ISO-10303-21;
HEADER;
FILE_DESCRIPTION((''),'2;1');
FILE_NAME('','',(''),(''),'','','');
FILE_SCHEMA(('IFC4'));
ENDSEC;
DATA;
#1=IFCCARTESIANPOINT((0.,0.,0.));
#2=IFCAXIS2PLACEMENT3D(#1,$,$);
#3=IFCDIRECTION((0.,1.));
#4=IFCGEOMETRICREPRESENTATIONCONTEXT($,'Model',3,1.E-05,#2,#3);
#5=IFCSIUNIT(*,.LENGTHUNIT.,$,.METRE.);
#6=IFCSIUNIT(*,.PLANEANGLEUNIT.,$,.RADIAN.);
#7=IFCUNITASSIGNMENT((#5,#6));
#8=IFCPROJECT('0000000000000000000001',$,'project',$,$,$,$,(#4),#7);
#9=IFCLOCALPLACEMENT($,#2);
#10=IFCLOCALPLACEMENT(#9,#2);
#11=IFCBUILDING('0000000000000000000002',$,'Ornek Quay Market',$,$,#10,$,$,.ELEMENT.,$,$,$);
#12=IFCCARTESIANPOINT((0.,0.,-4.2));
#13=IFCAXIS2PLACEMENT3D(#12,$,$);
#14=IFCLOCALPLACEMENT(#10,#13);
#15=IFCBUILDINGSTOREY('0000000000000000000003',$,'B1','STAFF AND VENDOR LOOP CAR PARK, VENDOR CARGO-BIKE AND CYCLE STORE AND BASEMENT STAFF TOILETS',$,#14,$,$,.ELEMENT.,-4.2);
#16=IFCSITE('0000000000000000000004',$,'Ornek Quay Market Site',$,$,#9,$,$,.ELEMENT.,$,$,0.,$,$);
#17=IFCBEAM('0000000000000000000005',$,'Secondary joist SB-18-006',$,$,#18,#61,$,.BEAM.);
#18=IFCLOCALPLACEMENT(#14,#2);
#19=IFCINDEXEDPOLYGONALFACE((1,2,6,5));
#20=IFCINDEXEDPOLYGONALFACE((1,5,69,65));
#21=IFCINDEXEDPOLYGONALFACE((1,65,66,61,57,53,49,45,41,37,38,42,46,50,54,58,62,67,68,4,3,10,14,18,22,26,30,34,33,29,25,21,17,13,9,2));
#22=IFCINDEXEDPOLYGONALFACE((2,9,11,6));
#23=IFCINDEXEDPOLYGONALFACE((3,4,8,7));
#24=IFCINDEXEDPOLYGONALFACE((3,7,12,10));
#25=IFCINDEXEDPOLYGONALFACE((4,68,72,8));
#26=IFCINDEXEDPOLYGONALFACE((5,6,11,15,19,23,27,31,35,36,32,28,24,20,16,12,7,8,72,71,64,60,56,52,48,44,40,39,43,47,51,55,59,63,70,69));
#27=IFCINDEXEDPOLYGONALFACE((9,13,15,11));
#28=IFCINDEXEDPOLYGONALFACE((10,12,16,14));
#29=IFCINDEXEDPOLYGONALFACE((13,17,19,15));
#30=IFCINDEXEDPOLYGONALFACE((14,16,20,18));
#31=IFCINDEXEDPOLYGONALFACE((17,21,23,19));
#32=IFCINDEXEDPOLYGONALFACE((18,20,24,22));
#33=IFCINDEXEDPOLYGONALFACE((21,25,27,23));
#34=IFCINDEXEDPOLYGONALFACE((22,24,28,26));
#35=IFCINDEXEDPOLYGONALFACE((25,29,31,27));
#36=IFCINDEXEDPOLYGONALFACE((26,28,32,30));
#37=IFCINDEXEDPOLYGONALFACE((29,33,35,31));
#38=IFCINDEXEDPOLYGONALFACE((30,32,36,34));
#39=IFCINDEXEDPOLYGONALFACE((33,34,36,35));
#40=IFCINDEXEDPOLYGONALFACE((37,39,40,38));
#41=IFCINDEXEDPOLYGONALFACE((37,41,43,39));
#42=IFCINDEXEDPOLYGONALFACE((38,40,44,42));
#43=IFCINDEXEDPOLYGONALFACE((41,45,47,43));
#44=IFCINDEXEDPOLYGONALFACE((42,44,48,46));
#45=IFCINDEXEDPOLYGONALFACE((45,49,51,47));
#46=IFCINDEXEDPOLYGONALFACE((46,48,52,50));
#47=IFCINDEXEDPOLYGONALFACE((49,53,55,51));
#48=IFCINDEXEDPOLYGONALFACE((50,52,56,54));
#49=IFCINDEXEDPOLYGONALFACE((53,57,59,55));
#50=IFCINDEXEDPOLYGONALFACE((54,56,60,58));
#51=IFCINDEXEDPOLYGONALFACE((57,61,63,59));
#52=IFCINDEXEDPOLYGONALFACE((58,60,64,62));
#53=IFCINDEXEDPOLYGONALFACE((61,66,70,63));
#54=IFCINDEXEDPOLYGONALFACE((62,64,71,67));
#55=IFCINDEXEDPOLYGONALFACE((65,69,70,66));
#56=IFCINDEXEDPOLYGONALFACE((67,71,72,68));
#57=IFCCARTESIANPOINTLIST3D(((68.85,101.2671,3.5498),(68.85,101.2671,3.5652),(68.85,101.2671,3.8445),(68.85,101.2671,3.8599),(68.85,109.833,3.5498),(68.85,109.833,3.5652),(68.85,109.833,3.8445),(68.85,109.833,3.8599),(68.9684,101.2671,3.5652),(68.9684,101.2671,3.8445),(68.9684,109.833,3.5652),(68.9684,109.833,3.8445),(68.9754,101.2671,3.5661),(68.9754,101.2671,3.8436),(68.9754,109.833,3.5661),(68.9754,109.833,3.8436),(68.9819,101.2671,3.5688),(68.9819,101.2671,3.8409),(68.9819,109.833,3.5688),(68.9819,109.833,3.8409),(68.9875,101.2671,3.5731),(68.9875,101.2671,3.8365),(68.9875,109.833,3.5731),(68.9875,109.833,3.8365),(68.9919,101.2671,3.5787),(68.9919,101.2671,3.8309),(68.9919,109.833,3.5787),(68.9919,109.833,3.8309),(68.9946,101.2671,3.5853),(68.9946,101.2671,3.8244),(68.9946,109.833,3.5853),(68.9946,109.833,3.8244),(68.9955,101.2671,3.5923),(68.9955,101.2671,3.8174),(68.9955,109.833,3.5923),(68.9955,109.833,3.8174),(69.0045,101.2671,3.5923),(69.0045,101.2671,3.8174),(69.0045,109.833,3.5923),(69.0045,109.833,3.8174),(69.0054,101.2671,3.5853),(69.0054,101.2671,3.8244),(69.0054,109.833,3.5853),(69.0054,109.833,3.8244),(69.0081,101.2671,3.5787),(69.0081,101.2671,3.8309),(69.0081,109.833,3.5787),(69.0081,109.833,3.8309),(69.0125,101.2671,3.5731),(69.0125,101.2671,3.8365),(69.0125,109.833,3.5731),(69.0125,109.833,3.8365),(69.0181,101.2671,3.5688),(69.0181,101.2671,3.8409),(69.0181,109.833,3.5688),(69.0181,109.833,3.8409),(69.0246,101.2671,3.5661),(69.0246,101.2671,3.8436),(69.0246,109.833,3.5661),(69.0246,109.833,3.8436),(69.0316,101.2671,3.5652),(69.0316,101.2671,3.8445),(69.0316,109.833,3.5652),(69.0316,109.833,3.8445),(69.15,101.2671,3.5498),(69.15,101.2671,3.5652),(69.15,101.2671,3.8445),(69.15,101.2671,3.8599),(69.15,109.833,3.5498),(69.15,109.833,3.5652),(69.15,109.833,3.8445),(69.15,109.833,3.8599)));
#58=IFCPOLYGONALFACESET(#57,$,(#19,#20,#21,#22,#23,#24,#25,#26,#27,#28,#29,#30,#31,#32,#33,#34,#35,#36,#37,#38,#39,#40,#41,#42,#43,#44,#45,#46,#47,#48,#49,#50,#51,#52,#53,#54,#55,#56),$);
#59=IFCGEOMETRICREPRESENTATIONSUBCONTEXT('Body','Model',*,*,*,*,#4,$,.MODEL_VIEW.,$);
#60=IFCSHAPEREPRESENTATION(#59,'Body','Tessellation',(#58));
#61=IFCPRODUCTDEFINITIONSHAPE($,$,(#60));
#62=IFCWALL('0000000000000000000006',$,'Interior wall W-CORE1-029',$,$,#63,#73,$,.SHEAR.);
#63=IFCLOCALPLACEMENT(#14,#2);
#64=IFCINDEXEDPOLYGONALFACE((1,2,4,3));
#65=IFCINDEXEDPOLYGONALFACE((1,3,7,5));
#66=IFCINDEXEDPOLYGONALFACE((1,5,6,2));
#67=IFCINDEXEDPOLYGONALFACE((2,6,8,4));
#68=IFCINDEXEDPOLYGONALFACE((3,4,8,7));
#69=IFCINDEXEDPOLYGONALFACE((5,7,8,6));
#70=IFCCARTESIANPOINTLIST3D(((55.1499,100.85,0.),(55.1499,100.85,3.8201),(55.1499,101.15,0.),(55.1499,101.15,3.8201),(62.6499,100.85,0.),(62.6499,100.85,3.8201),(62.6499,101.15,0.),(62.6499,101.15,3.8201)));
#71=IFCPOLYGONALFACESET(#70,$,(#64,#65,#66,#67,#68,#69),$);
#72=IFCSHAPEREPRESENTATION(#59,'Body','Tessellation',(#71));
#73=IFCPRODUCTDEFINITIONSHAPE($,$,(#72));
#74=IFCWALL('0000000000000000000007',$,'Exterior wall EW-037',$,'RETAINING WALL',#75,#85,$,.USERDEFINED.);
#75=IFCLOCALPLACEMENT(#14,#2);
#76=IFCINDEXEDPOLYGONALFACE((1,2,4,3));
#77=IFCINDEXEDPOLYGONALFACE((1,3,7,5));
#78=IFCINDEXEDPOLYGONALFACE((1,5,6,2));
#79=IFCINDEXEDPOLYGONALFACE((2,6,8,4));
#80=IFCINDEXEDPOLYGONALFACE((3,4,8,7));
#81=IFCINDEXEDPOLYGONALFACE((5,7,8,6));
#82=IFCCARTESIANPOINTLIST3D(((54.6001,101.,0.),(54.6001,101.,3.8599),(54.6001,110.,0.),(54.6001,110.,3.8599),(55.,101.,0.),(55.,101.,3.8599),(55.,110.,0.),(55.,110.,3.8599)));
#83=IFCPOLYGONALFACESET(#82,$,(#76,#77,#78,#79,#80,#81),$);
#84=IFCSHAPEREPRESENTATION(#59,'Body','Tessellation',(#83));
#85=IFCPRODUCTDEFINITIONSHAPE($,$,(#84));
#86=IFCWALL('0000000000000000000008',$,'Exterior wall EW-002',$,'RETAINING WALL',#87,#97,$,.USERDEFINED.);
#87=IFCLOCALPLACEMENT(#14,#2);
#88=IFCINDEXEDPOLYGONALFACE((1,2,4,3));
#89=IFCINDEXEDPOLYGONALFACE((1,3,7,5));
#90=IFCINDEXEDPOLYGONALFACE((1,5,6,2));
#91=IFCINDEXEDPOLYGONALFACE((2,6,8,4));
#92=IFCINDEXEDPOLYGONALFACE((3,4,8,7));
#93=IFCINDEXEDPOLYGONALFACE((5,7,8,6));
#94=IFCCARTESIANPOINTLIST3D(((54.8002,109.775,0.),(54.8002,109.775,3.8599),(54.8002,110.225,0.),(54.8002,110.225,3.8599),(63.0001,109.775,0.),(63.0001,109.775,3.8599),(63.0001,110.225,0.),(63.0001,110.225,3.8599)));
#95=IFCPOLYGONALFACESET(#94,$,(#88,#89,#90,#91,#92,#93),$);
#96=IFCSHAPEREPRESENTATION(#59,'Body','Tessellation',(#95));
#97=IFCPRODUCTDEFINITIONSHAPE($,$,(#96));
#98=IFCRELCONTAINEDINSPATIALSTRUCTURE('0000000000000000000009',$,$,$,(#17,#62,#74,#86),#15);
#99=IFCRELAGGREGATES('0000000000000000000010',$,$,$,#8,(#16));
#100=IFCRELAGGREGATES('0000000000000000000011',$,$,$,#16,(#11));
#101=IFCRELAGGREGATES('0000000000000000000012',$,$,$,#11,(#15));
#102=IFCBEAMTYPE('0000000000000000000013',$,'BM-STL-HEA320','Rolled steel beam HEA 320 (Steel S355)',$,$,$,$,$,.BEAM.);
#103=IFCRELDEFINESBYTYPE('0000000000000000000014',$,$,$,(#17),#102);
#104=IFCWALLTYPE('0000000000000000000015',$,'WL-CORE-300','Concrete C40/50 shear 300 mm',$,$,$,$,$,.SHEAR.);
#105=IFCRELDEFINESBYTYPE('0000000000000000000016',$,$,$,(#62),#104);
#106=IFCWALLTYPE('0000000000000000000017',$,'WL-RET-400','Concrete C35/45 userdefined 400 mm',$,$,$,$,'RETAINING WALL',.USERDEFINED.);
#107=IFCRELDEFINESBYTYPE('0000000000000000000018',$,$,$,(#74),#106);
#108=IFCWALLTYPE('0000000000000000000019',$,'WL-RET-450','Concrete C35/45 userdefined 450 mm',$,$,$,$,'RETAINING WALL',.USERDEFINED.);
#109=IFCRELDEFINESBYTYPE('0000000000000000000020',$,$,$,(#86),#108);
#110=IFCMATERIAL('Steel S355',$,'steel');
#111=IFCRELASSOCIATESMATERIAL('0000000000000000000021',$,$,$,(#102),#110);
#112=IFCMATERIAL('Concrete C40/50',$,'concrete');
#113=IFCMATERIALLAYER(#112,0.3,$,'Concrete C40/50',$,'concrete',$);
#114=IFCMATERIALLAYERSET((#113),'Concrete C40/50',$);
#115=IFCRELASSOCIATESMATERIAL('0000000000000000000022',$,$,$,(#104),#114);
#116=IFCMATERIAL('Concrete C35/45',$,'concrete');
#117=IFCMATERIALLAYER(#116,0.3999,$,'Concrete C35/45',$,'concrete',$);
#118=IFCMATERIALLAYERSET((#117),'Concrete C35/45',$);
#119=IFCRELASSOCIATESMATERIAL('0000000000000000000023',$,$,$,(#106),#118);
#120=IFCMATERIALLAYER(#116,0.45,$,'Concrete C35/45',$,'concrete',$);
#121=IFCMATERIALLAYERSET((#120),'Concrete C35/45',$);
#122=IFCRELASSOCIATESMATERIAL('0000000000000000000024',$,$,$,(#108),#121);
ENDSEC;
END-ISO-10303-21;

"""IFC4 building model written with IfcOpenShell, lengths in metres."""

from ifc_helpers import new_model, si_unit, direction, frame, frame_2d, origin, origin_2d, place, context, subcontext, project, spatial, rectangle, i_section, extrude, material, layer, layer_set, material_profile, profile_set, type_object, element, save


model = new_model("IFC4")

# Units and contexts
model_context = context("Model", 3, precision=1e-05, world=origin(), true_north=direction((0.0, 1.0)))
body_context = subcontext(model_context, "Body", "Model", "MODEL_VIEW")
ifc_project = project(units=[si_unit("LENGTHUNIT", "METRE"), si_unit("PLANEANGLEUNIT", "RADIAN")], contexts=[model_context])

# Site, building, storey
site_placement = place(None, origin())
site = spatial("IfcSite", under=ifc_project, at=site_placement, Name="Ornek Quay Market Site", CompositionType="ELEMENT", RefElevation=0.0)
building_placement = place(site_placement, origin())
building = spatial("IfcBuilding", under=site, at=building_placement, Name="Ornek Quay Market", CompositionType="ELEMENT")
storey_placement = place(building_placement, frame((0.0, 0.0, -4.2)))
storey = spatial("IfcBuildingStorey", under=building, at=storey_placement, Name="B1", Description="STAFF AND VENDOR LOOP CAR PARK, VENDOR CARGO-BIKE AND CYCLE STORE AND BASEMENT STAFF TOILETS", CompositionType="ELEMENT", Elevation=-4.2)

# Shared definitions
ifc_material_1 = material(Name="Concrete C35/45", Category="concrete")

# Shared definitions
ifc_material_2 = material(Name="Concrete C40/50", Category="concrete")

# Beam
ifc_material_3 = material(Name="Steel S355", Category="steel")
ifc_material_profile_1 = material_profile(ifc_material_3, i_section(OverallWidth=0.3, OverallDepth=0.3101, WebThickness=0.009, FlangeThickness=0.0154, FilletRadius=0.0271, at=origin_2d()), Name="HEA 320", Category="steel")
ifc_profile_set_1 = profile_set([ifc_material_profile_1], Name="Steel S355")
beam_type_1 = type_object("IfcBeamType", Name="BM-STL-HEA320", Description="Rolled steel beam HEA 320 (Steel S355)", PredefinedType="BEAM", material=ifc_profile_set_1)
for number, where, z_axis, x_axis, name in (
    (1, (69.0, 101.2671, 3.7048), (0.0, 1.0, 0.0), (-1.0, 0.0, 0.0), "Secondary joist SB-18-006"),
):
    element("IfcBeam", number, at=place(storey_placement, frame(where, z_axis=z_axis, x_axis=x_axis)), inside=storey, type_object=beam_type_1, Name=name, PredefinedType="BEAM", context=body_context, shape_type="SweptSolid", body=[
        extrude(i_section(OverallWidth=0.3, OverallDepth=0.3101, WebThickness=0.009, FlangeThickness=0.0154, FilletRadius=0.0271, at=origin_2d()), origin(), (0.0, 0.0, 1.0), 8.5659),
    ])

# Walls
ifc_layer_1 = layer(ifc_material_2, 0.3, Name="Concrete C40/50", Category="concrete")
ifc_layer_set_1 = layer_set([ifc_layer_1], Name="Concrete C40/50")
wall_type_1 = type_object("IfcWallType", Name="WL-CORE-300", Description="Concrete C40/50 shear 300 mm", PredefinedType="SHEAR", material=ifc_layer_set_1)
wall_1_placement = place(storey_placement, frame((55.1499, 101.0, 0.0), z_axis=(0.0, 0.0, 1.0), x_axis=(1.0, 0.0, 0.0)))
element("IfcWall", 2, at=wall_1_placement, inside=storey, type_object=wall_type_1, Name="Interior wall W-CORE1-029", PredefinedType="SHEAR", context=body_context, shape_type="SweptSolid", body=[
    extrude(rectangle(XDim=7.5, YDim=0.3, at=frame_2d((3.75, 0.0))), origin(), (0.0, 0.0, 1.0), 3.8201),
])
ifc_layer_2 = layer(ifc_material_1, 0.3999, Name="Concrete C35/45", Category="concrete")
ifc_layer_set_2 = layer_set([ifc_layer_2], Name="Concrete C35/45")
wall_type_2 = type_object("IfcWallType", Name="WL-RET-400", Description="Concrete C35/45 userdefined 400 mm", ElementType="RETAINING WALL", PredefinedType="USERDEFINED", material=ifc_layer_set_2)
wall_2_placement = place(storey_placement, frame((54.8, 101.0, 0.0), z_axis=(0.0, 0.0, 1.0), x_axis=(0.0, 1.0, 0.0)))
element("IfcWall", 3, at=wall_2_placement, inside=storey, type_object=wall_type_2, Name="Exterior wall EW-037", ObjectType="RETAINING WALL", PredefinedType="USERDEFINED", context=body_context, shape_type="SweptSolid", body=[
    extrude(rectangle(XDim=9.0, YDim=0.3999, at=frame_2d((4.5, 0.0))), origin(), (0.0, 0.0, 1.0), 3.8599),
])
ifc_layer_3 = layer(ifc_material_1, 0.45, Name="Concrete C35/45", Category="concrete")
ifc_layer_set_3 = layer_set([ifc_layer_3], Name="Concrete C35/45")
wall_type_3 = type_object("IfcWallType", Name="WL-RET-450", Description="Concrete C35/45 userdefined 450 mm", ElementType="RETAINING WALL", PredefinedType="USERDEFINED", material=ifc_layer_set_3)
wall_3_placement = place(storey_placement, frame((54.8, 110.0, 0.0), z_axis=(0.0, 0.0, 1.0), x_axis=(1.0, 0.0, 0.0)))
element("IfcWall", 4, at=wall_3_placement, inside=storey, type_object=wall_type_3, Name="Exterior wall EW-002", ObjectType="RETAINING WALL", PredefinedType="USERDEFINED", context=body_context, shape_type="SweptSolid", body=[
    extrude(rectangle(XDim=8.2, YDim=0.45, at=frame_2d((4.1001, 0.0))), origin(), (0.0, 0.0, 1.0), 3.8599),
])

save(model, "model.ifc")
